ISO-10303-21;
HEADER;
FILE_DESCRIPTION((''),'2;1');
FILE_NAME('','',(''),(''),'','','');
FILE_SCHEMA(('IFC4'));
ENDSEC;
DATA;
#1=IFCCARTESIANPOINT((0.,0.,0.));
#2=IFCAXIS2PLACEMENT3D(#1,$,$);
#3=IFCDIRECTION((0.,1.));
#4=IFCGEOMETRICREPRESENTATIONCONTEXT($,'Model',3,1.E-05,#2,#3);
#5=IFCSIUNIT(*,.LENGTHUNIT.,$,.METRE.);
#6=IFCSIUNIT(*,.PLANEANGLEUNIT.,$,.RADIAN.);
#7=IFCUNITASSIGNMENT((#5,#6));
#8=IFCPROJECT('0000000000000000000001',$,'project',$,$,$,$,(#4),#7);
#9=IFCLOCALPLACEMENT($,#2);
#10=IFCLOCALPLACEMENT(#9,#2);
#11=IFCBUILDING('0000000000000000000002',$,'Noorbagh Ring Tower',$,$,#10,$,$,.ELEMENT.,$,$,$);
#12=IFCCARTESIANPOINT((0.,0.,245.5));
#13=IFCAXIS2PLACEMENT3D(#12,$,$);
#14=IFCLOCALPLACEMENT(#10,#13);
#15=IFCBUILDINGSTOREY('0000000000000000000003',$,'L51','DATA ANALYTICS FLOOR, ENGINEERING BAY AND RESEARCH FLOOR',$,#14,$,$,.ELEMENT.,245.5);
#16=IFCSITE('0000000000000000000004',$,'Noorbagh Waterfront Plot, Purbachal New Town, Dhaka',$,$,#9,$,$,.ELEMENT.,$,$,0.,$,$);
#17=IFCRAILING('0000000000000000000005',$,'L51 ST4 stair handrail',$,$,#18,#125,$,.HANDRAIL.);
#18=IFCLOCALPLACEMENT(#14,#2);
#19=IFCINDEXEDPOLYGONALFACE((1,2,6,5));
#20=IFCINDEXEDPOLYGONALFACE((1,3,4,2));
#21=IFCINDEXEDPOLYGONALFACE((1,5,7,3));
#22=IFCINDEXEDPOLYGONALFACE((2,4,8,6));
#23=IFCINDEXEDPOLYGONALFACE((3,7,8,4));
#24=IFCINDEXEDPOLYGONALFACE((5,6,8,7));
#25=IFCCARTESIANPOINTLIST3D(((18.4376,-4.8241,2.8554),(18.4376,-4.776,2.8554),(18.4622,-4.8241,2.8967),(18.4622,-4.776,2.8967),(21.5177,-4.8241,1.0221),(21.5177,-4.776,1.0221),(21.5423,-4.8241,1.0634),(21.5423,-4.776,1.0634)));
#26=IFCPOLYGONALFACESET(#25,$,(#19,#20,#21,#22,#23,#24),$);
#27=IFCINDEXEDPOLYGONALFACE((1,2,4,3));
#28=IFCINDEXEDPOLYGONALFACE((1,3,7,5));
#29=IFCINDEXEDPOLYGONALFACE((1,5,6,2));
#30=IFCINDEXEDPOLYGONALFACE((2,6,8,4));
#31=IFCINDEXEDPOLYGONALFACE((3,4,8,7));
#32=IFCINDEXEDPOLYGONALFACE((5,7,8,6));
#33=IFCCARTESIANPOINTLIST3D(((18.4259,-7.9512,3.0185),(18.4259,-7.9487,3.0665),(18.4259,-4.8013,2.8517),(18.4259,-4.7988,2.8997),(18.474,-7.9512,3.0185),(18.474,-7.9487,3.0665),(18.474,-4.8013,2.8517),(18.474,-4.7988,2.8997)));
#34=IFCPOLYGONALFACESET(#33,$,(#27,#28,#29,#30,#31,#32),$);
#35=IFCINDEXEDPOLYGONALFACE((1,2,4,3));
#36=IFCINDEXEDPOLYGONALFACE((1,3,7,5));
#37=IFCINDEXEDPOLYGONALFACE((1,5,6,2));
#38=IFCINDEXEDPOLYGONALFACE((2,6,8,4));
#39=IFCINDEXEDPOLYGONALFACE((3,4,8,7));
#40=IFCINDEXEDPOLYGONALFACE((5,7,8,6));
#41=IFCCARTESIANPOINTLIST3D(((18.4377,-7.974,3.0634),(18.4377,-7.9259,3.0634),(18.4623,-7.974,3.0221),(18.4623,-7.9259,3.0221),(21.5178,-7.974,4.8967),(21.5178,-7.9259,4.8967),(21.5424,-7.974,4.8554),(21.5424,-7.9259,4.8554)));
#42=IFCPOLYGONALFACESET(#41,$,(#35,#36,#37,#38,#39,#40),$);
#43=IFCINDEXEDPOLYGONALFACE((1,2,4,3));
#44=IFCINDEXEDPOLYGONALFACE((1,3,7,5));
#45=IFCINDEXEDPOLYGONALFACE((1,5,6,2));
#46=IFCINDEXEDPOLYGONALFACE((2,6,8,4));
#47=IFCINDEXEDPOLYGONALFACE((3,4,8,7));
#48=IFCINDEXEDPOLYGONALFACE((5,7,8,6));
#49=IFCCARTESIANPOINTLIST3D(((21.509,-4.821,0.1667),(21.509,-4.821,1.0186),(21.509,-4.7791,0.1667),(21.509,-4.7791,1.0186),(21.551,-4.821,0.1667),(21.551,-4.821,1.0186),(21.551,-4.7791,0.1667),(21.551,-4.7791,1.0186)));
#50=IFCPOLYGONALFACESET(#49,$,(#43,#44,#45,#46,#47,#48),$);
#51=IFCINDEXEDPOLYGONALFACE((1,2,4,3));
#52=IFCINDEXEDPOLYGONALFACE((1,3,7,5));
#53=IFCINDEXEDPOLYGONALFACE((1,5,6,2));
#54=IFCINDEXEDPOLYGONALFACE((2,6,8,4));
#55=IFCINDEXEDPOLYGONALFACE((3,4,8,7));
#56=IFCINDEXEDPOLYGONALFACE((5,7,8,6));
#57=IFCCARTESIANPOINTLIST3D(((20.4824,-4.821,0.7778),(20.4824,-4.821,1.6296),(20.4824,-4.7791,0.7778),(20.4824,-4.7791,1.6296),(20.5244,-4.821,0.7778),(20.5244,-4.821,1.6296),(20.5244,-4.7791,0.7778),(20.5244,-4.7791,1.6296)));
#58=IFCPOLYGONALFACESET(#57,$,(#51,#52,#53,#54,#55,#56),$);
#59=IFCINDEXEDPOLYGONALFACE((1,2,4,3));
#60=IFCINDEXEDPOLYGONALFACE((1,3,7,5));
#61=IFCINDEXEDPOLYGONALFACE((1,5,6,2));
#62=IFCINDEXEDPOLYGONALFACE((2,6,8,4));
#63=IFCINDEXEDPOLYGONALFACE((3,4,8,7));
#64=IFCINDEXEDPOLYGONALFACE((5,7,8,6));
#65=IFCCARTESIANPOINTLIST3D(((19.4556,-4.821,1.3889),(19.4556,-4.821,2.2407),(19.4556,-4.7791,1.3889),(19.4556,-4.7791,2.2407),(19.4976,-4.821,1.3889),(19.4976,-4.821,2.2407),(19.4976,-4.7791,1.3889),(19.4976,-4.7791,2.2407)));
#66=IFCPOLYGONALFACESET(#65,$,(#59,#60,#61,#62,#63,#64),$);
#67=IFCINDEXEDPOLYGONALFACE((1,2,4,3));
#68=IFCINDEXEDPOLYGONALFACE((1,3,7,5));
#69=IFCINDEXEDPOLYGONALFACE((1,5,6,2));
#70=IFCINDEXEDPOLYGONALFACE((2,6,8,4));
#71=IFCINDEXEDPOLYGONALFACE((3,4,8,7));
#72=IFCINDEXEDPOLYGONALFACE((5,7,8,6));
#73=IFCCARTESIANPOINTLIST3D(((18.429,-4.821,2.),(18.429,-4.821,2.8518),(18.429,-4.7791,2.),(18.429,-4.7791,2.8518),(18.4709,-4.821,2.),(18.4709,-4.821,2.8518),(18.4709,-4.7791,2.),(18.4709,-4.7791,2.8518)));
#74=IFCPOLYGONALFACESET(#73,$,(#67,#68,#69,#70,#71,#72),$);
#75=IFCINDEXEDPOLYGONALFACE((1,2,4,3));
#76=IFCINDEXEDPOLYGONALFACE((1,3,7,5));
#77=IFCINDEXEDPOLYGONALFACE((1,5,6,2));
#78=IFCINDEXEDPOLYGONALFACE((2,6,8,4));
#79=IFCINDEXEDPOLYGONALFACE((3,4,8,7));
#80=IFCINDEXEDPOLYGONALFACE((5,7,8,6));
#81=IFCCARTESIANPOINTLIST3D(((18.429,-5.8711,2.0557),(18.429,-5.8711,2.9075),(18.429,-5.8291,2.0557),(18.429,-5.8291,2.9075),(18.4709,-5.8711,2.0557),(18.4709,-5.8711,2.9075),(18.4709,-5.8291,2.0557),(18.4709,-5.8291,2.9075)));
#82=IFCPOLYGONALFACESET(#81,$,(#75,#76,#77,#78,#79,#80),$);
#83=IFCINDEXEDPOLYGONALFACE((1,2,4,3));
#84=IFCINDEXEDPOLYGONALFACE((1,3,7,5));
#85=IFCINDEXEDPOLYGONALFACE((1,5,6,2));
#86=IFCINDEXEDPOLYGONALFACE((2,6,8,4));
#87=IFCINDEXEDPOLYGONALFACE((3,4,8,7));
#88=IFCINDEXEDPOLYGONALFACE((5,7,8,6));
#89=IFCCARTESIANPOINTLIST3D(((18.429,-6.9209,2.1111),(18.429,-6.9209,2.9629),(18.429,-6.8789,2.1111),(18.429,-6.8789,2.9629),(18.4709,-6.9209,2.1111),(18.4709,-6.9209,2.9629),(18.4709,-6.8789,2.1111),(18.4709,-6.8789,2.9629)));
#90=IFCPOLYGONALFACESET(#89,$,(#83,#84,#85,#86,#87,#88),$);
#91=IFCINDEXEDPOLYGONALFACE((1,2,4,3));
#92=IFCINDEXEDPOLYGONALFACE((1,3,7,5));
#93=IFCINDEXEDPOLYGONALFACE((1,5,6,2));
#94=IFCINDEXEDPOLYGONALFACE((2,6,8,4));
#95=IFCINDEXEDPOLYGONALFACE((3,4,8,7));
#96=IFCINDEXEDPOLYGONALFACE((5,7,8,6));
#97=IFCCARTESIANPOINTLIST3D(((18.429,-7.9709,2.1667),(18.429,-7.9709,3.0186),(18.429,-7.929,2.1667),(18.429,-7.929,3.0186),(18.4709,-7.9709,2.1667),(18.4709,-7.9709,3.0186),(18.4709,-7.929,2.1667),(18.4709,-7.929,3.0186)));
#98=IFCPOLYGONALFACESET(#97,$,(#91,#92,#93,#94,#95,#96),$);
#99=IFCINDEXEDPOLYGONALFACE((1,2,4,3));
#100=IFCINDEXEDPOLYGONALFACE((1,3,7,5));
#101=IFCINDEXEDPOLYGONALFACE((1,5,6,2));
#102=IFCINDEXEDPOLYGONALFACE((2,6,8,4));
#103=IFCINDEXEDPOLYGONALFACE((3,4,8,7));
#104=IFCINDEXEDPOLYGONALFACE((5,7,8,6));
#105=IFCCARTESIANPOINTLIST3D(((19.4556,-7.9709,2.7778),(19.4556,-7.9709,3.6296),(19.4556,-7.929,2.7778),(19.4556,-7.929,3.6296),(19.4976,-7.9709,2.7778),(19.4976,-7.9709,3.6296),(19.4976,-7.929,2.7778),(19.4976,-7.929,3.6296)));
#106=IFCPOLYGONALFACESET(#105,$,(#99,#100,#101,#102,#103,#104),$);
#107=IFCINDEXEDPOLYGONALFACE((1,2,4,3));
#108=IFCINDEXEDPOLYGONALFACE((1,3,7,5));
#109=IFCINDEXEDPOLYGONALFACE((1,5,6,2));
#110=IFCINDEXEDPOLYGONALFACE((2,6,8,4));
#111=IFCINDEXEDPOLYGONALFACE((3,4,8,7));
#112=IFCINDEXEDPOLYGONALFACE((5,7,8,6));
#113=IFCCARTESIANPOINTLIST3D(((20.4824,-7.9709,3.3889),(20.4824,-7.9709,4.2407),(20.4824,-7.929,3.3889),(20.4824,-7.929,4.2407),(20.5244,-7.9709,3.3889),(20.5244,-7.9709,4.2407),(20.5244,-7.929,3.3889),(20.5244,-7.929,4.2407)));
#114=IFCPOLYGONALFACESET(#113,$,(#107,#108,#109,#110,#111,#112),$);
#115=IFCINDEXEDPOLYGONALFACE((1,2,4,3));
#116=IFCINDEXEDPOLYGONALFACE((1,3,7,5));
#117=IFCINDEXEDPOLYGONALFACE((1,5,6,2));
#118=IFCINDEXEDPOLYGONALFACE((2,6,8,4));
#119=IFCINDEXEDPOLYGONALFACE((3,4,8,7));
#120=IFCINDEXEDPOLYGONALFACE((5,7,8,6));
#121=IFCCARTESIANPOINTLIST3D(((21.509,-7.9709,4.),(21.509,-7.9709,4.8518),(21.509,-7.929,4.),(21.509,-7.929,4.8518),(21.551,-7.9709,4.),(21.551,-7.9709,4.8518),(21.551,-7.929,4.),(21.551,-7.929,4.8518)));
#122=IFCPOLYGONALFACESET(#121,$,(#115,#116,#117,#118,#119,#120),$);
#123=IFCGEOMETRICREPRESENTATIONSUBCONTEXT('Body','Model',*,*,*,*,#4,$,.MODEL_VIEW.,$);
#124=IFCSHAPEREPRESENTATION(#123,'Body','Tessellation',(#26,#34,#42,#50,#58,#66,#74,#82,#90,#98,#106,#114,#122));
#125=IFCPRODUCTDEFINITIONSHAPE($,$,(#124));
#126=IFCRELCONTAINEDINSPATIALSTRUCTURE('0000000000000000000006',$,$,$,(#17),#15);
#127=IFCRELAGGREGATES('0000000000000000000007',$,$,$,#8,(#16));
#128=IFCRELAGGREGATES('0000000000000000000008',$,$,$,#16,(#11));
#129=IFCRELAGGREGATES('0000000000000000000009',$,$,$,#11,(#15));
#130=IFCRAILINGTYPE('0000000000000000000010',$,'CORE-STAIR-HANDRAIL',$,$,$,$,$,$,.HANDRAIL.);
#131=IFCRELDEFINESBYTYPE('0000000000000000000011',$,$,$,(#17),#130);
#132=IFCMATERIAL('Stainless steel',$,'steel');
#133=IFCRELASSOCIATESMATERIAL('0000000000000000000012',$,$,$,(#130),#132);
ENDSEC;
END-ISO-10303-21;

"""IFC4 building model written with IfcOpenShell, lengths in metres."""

from ifc_helpers import new_model, si_unit, direction, frame, origin, origin_2d, place, context, subcontext, project, spatial, rectangle, extrude, material, type_object, element, save


model = new_model("IFC4")

# Units and contexts
model_context = context("Model", 3, precision=1e-05, world=origin(), true_north=direction((0.0, 1.0)))
body_context = subcontext(model_context, "Body", "Model", "MODEL_VIEW")
ifc_project = project(units=[si_unit("LENGTHUNIT", "METRE"), si_unit("PLANEANGLEUNIT", "RADIAN")], contexts=[model_context])

# Site, building, storey
site_placement = place(None, origin())
site = spatial("IfcSite", under=ifc_project, at=site_placement, Name="Noorbagh Waterfront Plot, Purbachal New Town, Dhaka", CompositionType="ELEMENT", RefElevation=0.0)
building_placement = place(site_placement, origin())
building = spatial("IfcBuilding", under=site, at=building_placement, Name="Noorbagh Ring Tower", CompositionType="ELEMENT")
storey_placement = place(building_placement, frame((0.0, 0.0, 245.5)))
storey = spatial("IfcBuildingStorey", under=building, at=storey_placement, Name="L51", Description="DATA ANALYTICS FLOOR, ENGINEERING BAY AND RESEARCH FLOOR", CompositionType="ELEMENT", Elevation=245.5)

# Railing
ifc_material_1 = material(Name="Stainless steel", Category="steel")
railing_type_1 = type_object("IfcRailingType", Name="CORE-STAIR-HANDRAIL", PredefinedType="HANDRAIL", material=ifc_material_1)
railing_1_placement = place(storey_placement, frame((21.53, -4.8, 0.1667)))
element("IfcRailing", 1, at=railing_1_placement, inside=storey, type_object=railing_type_1, Name="L51 ST4 stair handrail", PredefinedType="HANDRAIL", context=body_context, shape_type="SweptSolid", body=[
    extrude(rectangle(XDim=0.0481, YDim=0.0481, at=origin_2d()), frame((0.0, 0.0, 0.876), z_axis=(-0.859309, 0.0, 0.511458), x_axis=(0.0, -1.0, 0.0)), (0.0, 0.0, 1.0), 3.5845),
    extrude(rectangle(XDim=0.0481, YDim=0.0481, at=origin_2d()), frame((-3.0801, 0.0, 2.709), z_axis=(0.0, -0.998602, 0.052864), x_axis=(1.0, 0.0, 0.0)), (0.0, 0.0, 1.0), 3.1543),
    extrude(rectangle(XDim=0.0481, YDim=0.0481, at=origin_2d()), frame((-3.0801, -3.1499, 2.876), z_axis=(0.859309, 0.0, 0.511458), x_axis=(0.0, 1.0, 0.0)), (0.0, 0.0, 1.0), 3.5845),
    extrude(rectangle(XDim=0.042, YDim=0.042, at=origin_2d()), origin(), (0.0, 0.0, 1.0), 0.8518),
    extrude(rectangle(XDim=0.042, YDim=0.042, at=origin_2d()), frame((-1.0266, 0.0, 0.6111)), (0.0, 0.0, 1.0), 0.8518),
    extrude(rectangle(XDim=0.042, YDim=0.042, at=origin_2d()), frame((-2.0535, 0.0, 1.2222)), (0.0, 0.0, 1.0), 0.8518),
    extrude(rectangle(XDim=0.042, YDim=0.042, at=origin_2d()), frame((-3.0801, 0.0, 1.8333)), (0.0, 0.0, 1.0), 0.8518),
    extrude(rectangle(XDim=0.042, YDim=0.042, at=origin_2d()), frame((-3.0801, -1.05, 1.8889)), (0.0, 0.0, 1.0), 0.8518),
    extrude(rectangle(XDim=0.042, YDim=0.042, at=origin_2d()), frame((-3.0801, -2.0999, 1.9443)), (0.0, 0.0, 1.0), 0.8518),
    extrude(rectangle(XDim=0.042, YDim=0.042, at=origin_2d()), frame((-3.0801, -3.1499, 2.0)), (0.0, 0.0, 1.0), 0.8518),
    extrude(rectangle(XDim=0.042, YDim=0.042, at=origin_2d()), frame((-2.0535, -3.1499, 2.6111)), (0.0, 0.0, 1.0), 0.8518),
    extrude(rectangle(XDim=0.042, YDim=0.042, at=origin_2d()), frame((-1.0266, -3.1499, 3.2222)), (0.0, 0.0, 1.0), 0.8518),
    extrude(rectangle(XDim=0.042, YDim=0.042, at=origin_2d()), frame((0.0, -3.1499, 3.8333)), (0.0, 0.0, 1.0), 0.8518),
])

save(model, "model.ifc")
